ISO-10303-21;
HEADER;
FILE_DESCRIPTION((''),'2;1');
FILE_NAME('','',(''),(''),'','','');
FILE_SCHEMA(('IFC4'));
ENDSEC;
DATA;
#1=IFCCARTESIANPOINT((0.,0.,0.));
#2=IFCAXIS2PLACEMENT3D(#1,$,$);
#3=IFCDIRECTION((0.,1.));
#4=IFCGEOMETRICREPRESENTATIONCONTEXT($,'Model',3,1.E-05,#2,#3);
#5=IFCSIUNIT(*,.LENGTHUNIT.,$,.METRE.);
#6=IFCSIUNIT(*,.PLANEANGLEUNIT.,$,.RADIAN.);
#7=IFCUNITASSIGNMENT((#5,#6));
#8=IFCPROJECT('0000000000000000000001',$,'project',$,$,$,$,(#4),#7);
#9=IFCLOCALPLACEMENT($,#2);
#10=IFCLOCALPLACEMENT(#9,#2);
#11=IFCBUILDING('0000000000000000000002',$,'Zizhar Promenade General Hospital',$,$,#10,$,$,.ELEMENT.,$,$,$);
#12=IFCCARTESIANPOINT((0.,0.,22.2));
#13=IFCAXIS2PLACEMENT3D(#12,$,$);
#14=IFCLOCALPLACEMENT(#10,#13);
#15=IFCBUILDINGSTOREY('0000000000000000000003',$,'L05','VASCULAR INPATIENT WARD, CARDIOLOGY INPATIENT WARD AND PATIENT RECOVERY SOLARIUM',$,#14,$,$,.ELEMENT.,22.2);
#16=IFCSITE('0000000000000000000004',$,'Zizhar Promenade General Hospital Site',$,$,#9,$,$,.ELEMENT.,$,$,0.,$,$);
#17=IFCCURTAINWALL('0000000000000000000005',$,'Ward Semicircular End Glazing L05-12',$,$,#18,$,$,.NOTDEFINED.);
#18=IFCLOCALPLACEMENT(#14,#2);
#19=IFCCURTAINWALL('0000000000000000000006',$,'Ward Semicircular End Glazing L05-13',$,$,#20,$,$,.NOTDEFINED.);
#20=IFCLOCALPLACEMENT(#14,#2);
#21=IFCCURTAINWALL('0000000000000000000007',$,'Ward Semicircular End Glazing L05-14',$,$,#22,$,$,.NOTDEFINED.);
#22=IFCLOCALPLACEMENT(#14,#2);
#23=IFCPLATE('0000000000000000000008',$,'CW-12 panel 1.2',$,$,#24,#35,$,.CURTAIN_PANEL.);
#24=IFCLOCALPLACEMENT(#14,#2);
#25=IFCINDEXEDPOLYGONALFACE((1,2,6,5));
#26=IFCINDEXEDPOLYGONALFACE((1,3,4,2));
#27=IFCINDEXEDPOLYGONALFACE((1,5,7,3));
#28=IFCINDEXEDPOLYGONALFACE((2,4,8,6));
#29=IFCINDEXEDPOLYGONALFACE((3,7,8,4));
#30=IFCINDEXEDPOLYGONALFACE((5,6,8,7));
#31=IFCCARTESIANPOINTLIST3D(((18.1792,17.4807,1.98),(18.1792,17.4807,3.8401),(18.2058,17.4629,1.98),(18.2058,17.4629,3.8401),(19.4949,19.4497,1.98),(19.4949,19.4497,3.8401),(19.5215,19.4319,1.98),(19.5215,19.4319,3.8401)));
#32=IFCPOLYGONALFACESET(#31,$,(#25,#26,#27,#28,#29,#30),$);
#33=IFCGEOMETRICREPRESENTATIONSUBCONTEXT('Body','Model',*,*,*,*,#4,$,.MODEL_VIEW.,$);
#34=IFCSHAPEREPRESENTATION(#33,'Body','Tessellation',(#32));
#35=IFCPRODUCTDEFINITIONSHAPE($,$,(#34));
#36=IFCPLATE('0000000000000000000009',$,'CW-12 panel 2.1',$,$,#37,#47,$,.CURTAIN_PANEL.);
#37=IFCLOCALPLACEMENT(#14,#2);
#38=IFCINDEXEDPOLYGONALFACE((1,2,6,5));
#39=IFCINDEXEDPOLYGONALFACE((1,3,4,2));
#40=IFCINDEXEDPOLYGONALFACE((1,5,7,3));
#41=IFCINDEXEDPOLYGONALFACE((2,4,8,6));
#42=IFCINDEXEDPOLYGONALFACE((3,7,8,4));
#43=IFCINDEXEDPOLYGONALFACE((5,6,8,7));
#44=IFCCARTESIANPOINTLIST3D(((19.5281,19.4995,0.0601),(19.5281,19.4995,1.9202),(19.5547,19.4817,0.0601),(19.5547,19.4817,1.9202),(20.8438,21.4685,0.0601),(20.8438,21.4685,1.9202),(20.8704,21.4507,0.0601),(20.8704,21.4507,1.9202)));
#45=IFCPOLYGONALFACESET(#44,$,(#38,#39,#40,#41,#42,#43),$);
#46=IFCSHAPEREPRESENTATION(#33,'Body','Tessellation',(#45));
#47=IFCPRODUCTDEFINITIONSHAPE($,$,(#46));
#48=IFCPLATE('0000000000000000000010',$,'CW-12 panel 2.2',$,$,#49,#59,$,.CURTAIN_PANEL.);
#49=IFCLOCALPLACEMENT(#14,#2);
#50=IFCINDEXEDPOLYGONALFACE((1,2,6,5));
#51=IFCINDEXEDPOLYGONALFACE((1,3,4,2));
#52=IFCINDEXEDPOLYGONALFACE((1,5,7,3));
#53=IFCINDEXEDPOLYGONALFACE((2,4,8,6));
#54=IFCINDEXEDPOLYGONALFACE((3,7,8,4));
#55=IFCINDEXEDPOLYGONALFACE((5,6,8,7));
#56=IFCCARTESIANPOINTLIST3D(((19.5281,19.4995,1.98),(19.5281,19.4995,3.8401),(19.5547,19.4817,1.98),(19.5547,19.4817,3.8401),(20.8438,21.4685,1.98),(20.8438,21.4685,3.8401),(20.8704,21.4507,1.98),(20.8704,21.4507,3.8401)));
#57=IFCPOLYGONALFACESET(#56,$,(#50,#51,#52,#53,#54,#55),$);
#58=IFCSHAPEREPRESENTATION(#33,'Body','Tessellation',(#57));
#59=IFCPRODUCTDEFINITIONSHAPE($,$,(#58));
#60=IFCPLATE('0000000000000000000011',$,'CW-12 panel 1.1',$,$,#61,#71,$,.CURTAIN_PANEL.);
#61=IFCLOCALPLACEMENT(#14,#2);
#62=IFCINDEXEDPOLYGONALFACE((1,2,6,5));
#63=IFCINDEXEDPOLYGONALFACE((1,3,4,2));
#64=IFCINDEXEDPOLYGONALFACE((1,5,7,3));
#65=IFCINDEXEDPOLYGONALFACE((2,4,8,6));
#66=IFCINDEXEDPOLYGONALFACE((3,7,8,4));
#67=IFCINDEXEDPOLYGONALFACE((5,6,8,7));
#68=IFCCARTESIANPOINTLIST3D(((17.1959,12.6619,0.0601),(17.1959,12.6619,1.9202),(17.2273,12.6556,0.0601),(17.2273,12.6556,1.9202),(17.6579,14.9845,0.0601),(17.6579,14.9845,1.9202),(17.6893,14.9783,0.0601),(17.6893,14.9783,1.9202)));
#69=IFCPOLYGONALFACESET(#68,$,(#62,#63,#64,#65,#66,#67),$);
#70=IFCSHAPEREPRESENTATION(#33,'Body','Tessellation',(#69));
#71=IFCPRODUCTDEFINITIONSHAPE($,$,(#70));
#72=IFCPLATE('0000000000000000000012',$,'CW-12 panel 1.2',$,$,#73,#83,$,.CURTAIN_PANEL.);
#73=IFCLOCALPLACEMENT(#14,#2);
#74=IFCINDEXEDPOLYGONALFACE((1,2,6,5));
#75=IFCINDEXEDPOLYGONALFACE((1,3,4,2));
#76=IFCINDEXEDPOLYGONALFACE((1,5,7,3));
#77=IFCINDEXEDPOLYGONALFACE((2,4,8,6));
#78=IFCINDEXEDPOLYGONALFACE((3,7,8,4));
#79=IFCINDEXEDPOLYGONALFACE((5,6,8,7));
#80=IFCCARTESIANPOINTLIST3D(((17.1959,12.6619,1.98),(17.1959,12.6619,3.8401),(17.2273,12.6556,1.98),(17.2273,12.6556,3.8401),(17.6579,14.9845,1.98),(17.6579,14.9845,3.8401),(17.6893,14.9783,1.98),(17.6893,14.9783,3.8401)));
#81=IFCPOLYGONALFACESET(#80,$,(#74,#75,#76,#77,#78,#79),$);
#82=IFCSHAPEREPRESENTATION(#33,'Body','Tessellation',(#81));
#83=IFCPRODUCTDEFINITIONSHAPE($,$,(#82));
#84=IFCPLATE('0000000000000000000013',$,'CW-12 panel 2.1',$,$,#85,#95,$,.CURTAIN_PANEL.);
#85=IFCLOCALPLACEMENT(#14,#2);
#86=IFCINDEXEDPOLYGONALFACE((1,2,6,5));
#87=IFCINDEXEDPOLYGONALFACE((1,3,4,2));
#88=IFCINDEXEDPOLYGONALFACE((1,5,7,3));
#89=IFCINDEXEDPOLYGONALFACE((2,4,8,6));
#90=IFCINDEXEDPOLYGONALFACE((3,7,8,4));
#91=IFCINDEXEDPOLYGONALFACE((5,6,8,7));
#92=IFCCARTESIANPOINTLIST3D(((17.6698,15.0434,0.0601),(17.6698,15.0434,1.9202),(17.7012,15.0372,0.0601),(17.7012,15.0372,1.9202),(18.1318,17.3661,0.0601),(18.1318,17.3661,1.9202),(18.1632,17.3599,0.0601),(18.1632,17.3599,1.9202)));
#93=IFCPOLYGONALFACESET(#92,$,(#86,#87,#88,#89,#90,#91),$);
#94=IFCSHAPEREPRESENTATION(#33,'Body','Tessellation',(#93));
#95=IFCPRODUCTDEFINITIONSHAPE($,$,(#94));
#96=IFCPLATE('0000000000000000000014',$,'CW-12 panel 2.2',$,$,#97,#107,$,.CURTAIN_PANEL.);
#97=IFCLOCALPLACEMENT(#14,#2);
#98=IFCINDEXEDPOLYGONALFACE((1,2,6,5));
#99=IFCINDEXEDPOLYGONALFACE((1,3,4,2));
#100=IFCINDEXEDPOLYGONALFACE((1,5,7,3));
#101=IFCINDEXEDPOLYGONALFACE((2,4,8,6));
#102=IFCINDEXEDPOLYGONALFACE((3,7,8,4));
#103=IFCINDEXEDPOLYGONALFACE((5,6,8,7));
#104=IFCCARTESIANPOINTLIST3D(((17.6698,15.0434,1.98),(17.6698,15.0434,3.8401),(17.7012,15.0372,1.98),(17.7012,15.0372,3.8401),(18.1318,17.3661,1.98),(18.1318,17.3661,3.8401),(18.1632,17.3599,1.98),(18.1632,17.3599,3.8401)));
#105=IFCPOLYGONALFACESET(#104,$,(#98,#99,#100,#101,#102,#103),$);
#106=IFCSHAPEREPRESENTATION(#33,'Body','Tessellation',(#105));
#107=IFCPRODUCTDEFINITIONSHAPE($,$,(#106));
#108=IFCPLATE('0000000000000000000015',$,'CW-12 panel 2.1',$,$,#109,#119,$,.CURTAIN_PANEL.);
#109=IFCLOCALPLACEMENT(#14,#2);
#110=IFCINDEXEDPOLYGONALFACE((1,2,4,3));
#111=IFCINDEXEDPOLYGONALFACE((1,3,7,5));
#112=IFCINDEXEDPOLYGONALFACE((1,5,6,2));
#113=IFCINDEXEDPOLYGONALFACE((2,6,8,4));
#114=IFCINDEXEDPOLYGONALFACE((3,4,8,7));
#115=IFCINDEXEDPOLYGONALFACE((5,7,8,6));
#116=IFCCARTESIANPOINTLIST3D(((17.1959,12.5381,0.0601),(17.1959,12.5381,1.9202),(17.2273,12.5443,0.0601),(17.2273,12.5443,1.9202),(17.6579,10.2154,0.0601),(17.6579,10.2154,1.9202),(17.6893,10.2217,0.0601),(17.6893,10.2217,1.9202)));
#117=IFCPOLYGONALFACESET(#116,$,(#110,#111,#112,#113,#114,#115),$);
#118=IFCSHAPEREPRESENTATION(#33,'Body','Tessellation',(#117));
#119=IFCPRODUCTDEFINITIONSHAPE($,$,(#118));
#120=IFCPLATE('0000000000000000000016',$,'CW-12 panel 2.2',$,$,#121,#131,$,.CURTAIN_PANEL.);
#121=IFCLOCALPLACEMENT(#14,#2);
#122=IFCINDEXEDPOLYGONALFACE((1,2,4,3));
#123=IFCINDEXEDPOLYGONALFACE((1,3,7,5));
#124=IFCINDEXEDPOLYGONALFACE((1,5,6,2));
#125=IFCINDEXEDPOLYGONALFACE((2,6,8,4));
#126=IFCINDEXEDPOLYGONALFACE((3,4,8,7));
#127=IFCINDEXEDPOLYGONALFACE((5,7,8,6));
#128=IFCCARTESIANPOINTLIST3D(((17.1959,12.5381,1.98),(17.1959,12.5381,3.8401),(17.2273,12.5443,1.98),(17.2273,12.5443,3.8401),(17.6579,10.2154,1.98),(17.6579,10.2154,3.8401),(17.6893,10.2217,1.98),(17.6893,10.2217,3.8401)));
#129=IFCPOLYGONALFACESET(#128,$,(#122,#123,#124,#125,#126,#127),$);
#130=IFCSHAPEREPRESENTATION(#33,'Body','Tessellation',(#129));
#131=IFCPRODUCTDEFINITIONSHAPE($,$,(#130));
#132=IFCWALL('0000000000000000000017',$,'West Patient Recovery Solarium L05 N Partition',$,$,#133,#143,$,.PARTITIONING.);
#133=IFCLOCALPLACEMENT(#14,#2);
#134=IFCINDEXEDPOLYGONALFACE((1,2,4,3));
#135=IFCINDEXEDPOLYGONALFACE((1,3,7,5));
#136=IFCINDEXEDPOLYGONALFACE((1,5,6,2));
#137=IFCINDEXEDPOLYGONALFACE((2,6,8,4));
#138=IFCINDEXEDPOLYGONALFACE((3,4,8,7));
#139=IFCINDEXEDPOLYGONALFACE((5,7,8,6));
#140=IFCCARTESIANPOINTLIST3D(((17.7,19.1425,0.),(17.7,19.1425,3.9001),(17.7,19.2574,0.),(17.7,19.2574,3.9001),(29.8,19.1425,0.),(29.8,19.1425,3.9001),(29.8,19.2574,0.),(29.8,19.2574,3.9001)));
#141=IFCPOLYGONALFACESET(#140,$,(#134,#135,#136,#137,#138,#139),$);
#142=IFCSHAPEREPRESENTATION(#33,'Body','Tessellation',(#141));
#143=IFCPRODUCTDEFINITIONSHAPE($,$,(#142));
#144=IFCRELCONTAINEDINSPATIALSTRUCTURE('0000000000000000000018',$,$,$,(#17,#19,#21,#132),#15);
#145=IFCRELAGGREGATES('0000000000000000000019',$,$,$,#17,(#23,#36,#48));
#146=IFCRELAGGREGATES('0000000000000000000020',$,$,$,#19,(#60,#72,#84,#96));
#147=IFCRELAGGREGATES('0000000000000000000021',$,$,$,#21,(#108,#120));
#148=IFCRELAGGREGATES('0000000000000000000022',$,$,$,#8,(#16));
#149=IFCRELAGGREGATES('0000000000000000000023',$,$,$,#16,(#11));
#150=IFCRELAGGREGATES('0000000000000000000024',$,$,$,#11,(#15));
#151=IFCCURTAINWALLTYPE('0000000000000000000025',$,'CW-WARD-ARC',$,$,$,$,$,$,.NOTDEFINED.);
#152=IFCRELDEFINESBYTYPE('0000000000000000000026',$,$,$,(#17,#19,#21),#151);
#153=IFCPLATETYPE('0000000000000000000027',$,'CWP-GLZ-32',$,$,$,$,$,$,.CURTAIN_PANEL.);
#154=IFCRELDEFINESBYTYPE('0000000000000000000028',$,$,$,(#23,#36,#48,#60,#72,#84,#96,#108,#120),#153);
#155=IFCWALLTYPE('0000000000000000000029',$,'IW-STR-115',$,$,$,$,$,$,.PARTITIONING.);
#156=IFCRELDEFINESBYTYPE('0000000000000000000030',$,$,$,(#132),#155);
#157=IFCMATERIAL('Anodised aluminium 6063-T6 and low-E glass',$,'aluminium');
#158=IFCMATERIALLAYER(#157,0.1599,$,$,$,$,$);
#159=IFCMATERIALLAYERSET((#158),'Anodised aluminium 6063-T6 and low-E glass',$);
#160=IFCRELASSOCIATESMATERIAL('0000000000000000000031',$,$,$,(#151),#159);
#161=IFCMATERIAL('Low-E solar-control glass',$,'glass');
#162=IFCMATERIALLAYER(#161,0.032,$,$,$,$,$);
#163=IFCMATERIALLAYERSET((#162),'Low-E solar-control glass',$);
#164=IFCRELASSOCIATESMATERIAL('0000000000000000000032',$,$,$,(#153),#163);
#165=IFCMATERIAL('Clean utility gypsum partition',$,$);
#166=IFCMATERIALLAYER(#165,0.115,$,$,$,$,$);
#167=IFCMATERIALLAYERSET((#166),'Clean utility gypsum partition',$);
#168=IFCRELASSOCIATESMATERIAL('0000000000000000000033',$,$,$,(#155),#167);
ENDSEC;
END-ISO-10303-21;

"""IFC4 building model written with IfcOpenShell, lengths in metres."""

from ifc_helpers import new_model, si_unit, direction, frame, frame_2d, origin, origin_2d, place, context, subcontext, project, spatial, rectangle, extrude, material, layer, layer_set, type_object, element, aggregate, save


model = new_model("IFC4")

# Units and contexts
model_context = context("Model", 3, precision=1e-05, world=origin(), true_north=direction((0.0, 1.0)))
body_context = subcontext(model_context, "Body", "Model", "MODEL_VIEW")
ifc_project = project(units=[si_unit("LENGTHUNIT", "METRE"), si_unit("PLANEANGLEUNIT", "RADIAN")], contexts=[model_context])

# Site, building, storey
site_placement = place(None, origin())
site = spatial("IfcSite", under=ifc_project, at=site_placement, Name="Zizhar Promenade General Hospital Site", CompositionType="ELEMENT", RefElevation=0.0)
building_placement = place(site_placement, origin())
building = spatial("IfcBuilding", under=site, at=building_placement, Name="Zizhar Promenade General Hospital", CompositionType="ELEMENT")
storey_placement = place(building_placement, frame((0.0, 0.0, 22.2)))
storey = spatial("IfcBuildingStorey", under=building, at=storey_placement, Name="L05", Description="VASCULAR INPATIENT WARD, CARDIOLOGY INPATIENT WARD AND PATIENT RECOVERY SOLARIUM", CompositionType="ELEMENT", Elevation=22.2)

# Curtain walls
ifc_material_1 = material(Name="Anodised aluminium 6063-T6 and low-E glass", Category="aluminium")
ifc_layer_1 = layer(ifc_material_1, 0.1599)
ifc_layer_set_1 = layer_set([ifc_layer_1], Name="Anodised aluminium 6063-T6 and low-E glass")
curtain_wall_type = type_object("IfcCurtainWallType", Name="CW-WARD-ARC", PredefinedType="NOTDEFINED", material=ifc_layer_set_1)
curtain_wall_1_placement = place(storey_placement, origin())
curtain_wall_1 = element("IfcCurtainWall", 1, at=curtain_wall_1_placement, inside=storey, type_object=curtain_wall_type, Name="Ward Semicircular End Glazing L05-12", PredefinedType="NOTDEFINED")
curtain_wall_2_placement = place(storey_placement, origin())
curtain_wall_2 = element("IfcCurtainWall", 2, at=curtain_wall_2_placement, inside=storey, type_object=curtain_wall_type, Name="Ward Semicircular End Glazing L05-13", PredefinedType="NOTDEFINED")

# Curtain wall
curtain_wall_3_placement = place(storey_placement, origin())
curtain_wall_3 = element("IfcCurtainWall", 3, at=curtain_wall_3_placement, inside=storey, type_object=curtain_wall_type, Name="Ward Semicircular End Glazing L05-14", PredefinedType="NOTDEFINED")

# Plates
ifc_material_2 = material(Name="Low-E solar-control glass", Category="glass")
ifc_layer_2 = layer(ifc_material_2, 0.032)
ifc_layer_set_2 = layer_set([ifc_layer_2], Name="Low-E solar-control glass")
plate_type = type_object("IfcPlateType", Name="CWP-GLZ-32", PredefinedType="CURTAIN_PANEL", material=ifc_layer_set_2)
plate_1_placement = place(storey_placement, frame((18.8503, 18.4563, 1.98), z_axis=(0.0, 0.0, 1.0), x_axis=(0.555582, 0.831462, 0.0)))
plate_1 = element("IfcPlate", 4, at=plate_1_placement, type_object=plate_type, Name="CW-12 panel 1.2", PredefinedType="CURTAIN_PANEL", context=body_context, shape_type="SweptSolid", body=[
    extrude(rectangle(XDim=2.3682, YDim=0.032, at=origin_2d()), origin(), (0.0, 0.0, 1.0), 1.8601),
])
plate_2_placement = place(storey_placement, frame((20.1992, 20.4751, 0.0601), z_axis=(0.0, 0.0, 1.0), x_axis=(0.555582, 0.831462, 0.0)))
plate_2 = element("IfcPlate", 5, at=plate_2_placement, type_object=plate_type, Name="CW-12 panel 2.1", PredefinedType="CURTAIN_PANEL", context=body_context, shape_type="SweptSolid", body=[
    extrude(rectangle(XDim=2.3682, YDim=0.032, at=origin_2d()), origin(), (0.0, 0.0, 1.0), 1.8601),
])
plate_3_placement = place(storey_placement, frame((20.1992, 20.4751, 1.98), z_axis=(0.0, 0.0, 1.0), x_axis=(0.555582, 0.831462, 0.0)))
plate_3 = element("IfcPlate", 6, at=plate_3_placement, type_object=plate_type, Name="CW-12 panel 2.2", PredefinedType="CURTAIN_PANEL", context=body_context, shape_type="SweptSolid", body=[
    extrude(rectangle(XDim=2.3682, YDim=0.032, at=origin_2d()), origin(), (0.0, 0.0, 1.0), 1.8601),
])
aggregate(curtain_wall_1, [plate_1, plate_2, plate_3])
plate_4_placement = place(storey_placement, frame((17.4426, 13.8201, 0.0601), z_axis=(0.0, 0.0, 1.0), x_axis=(0.195087, 0.980786, 0.0)))
plate_4 = element("IfcPlate", 7, at=plate_4_placement, type_object=plate_type, Name="CW-12 panel 1.1", PredefinedType="CURTAIN_PANEL", context=body_context, shape_type="SweptSolid", body=[
    extrude(rectangle(XDim=2.3682, YDim=0.032, at=origin_2d()), origin(), (0.0, 0.0, 1.0), 1.8601),
])
plate_5_placement = place(storey_placement, frame((17.4426, 13.8201, 1.98), z_axis=(0.0, 0.0, 1.0), x_axis=(0.195087, 0.980786, 0.0)))
plate_5 = element("IfcPlate", 8, at=plate_5_placement, type_object=plate_type, Name="CW-12 panel 1.2", PredefinedType="CURTAIN_PANEL", context=body_context, shape_type="SweptSolid", body=[
    extrude(rectangle(XDim=2.3682, YDim=0.032, at=origin_2d()), origin(), (0.0, 0.0, 1.0), 1.8601),
])
plate_6_placement = place(storey_placement, frame((17.9165, 16.2017, 0.0601), z_axis=(0.0, 0.0, 1.0), x_axis=(0.195087, 0.980786, 0.0)))
plate_6 = element("IfcPlate", 9, at=plate_6_placement, type_object=plate_type, Name="CW-12 panel 2.1", PredefinedType="CURTAIN_PANEL", context=body_context, shape_type="SweptSolid", body=[
    extrude(rectangle(XDim=2.3682, YDim=0.032, at=origin_2d()), origin(), (0.0, 0.0, 1.0), 1.8601),
])
plate_7_placement = place(storey_placement, frame((17.9165, 16.2017, 1.98), z_axis=(0.0, 0.0, 1.0), x_axis=(0.195087, 0.980786, 0.0)))
plate_7 = element("IfcPlate", 10, at=plate_7_placement, type_object=plate_type, Name="CW-12 panel 2.2", PredefinedType="CURTAIN_PANEL", context=body_context, shape_type="SweptSolid", body=[
    extrude(rectangle(XDim=2.3682, YDim=0.032, at=origin_2d()), origin(), (0.0, 0.0, 1.0), 1.8601),
])
aggregate(curtain_wall_2, [plate_4, plate_5, plate_6, plate_7])
plate_8_placement = place(storey_placement, frame((17.4426, 11.3799, 0.0601), z_axis=(0.0, 0.0, 1.0), x_axis=(-0.195087, 0.980786, 0.0)))
plate_8 = element("IfcPlate", 11, at=plate_8_placement, type_object=plate_type, Name="CW-12 panel 2.1", PredefinedType="CURTAIN_PANEL", context=body_context, shape_type="SweptSolid", body=[
    extrude(rectangle(XDim=2.3682, YDim=0.032, at=origin_2d()), origin(), (0.0, 0.0, 1.0), 1.8601),
])
plate_9_placement = place(storey_placement, frame((17.4426, 11.3799, 1.98), z_axis=(0.0, 0.0, 1.0), x_axis=(-0.195087, 0.980786, 0.0)))
plate_9 = element("IfcPlate", 12, at=plate_9_placement, type_object=plate_type, Name="CW-12 panel 2.2", PredefinedType="CURTAIN_PANEL", context=body_context, shape_type="SweptSolid", body=[
    extrude(rectangle(XDim=2.3682, YDim=0.032, at=origin_2d()), origin(), (0.0, 0.0, 1.0), 1.8601),
])
aggregate(curtain_wall_3, [plate_8, plate_9])

# Wall
ifc_material_3 = material(Name="Clean utility gypsum partition")
ifc_layer_3 = layer(ifc_material_3, 0.115)
ifc_layer_set_3 = layer_set([ifc_layer_3], Name="Clean utility gypsum partition")
wall_type = type_object("IfcWallType", Name="IW-STR-115", PredefinedType="PARTITIONING", material=ifc_layer_set_3)
wall_placement = place(storey_placement, frame((17.7, 19.2, 0.0), z_axis=(0.0, 0.0, 1.0), x_axis=(1.0, 0.0, 0.0)))
element("IfcWall", 13, at=wall_placement, inside=storey, type_object=wall_type, Name="West Patient Recovery Solarium L05 N Partition", PredefinedType="PARTITIONING", context=body_context, shape_type="SweptSolid", body=[
    extrude(rectangle(XDim=12.1001, YDim=0.115, at=frame_2d((6.05, 0.0))), origin(), (0.0, 0.0, 1.0), 3.9001),
])

save(model, "model.ifc")
